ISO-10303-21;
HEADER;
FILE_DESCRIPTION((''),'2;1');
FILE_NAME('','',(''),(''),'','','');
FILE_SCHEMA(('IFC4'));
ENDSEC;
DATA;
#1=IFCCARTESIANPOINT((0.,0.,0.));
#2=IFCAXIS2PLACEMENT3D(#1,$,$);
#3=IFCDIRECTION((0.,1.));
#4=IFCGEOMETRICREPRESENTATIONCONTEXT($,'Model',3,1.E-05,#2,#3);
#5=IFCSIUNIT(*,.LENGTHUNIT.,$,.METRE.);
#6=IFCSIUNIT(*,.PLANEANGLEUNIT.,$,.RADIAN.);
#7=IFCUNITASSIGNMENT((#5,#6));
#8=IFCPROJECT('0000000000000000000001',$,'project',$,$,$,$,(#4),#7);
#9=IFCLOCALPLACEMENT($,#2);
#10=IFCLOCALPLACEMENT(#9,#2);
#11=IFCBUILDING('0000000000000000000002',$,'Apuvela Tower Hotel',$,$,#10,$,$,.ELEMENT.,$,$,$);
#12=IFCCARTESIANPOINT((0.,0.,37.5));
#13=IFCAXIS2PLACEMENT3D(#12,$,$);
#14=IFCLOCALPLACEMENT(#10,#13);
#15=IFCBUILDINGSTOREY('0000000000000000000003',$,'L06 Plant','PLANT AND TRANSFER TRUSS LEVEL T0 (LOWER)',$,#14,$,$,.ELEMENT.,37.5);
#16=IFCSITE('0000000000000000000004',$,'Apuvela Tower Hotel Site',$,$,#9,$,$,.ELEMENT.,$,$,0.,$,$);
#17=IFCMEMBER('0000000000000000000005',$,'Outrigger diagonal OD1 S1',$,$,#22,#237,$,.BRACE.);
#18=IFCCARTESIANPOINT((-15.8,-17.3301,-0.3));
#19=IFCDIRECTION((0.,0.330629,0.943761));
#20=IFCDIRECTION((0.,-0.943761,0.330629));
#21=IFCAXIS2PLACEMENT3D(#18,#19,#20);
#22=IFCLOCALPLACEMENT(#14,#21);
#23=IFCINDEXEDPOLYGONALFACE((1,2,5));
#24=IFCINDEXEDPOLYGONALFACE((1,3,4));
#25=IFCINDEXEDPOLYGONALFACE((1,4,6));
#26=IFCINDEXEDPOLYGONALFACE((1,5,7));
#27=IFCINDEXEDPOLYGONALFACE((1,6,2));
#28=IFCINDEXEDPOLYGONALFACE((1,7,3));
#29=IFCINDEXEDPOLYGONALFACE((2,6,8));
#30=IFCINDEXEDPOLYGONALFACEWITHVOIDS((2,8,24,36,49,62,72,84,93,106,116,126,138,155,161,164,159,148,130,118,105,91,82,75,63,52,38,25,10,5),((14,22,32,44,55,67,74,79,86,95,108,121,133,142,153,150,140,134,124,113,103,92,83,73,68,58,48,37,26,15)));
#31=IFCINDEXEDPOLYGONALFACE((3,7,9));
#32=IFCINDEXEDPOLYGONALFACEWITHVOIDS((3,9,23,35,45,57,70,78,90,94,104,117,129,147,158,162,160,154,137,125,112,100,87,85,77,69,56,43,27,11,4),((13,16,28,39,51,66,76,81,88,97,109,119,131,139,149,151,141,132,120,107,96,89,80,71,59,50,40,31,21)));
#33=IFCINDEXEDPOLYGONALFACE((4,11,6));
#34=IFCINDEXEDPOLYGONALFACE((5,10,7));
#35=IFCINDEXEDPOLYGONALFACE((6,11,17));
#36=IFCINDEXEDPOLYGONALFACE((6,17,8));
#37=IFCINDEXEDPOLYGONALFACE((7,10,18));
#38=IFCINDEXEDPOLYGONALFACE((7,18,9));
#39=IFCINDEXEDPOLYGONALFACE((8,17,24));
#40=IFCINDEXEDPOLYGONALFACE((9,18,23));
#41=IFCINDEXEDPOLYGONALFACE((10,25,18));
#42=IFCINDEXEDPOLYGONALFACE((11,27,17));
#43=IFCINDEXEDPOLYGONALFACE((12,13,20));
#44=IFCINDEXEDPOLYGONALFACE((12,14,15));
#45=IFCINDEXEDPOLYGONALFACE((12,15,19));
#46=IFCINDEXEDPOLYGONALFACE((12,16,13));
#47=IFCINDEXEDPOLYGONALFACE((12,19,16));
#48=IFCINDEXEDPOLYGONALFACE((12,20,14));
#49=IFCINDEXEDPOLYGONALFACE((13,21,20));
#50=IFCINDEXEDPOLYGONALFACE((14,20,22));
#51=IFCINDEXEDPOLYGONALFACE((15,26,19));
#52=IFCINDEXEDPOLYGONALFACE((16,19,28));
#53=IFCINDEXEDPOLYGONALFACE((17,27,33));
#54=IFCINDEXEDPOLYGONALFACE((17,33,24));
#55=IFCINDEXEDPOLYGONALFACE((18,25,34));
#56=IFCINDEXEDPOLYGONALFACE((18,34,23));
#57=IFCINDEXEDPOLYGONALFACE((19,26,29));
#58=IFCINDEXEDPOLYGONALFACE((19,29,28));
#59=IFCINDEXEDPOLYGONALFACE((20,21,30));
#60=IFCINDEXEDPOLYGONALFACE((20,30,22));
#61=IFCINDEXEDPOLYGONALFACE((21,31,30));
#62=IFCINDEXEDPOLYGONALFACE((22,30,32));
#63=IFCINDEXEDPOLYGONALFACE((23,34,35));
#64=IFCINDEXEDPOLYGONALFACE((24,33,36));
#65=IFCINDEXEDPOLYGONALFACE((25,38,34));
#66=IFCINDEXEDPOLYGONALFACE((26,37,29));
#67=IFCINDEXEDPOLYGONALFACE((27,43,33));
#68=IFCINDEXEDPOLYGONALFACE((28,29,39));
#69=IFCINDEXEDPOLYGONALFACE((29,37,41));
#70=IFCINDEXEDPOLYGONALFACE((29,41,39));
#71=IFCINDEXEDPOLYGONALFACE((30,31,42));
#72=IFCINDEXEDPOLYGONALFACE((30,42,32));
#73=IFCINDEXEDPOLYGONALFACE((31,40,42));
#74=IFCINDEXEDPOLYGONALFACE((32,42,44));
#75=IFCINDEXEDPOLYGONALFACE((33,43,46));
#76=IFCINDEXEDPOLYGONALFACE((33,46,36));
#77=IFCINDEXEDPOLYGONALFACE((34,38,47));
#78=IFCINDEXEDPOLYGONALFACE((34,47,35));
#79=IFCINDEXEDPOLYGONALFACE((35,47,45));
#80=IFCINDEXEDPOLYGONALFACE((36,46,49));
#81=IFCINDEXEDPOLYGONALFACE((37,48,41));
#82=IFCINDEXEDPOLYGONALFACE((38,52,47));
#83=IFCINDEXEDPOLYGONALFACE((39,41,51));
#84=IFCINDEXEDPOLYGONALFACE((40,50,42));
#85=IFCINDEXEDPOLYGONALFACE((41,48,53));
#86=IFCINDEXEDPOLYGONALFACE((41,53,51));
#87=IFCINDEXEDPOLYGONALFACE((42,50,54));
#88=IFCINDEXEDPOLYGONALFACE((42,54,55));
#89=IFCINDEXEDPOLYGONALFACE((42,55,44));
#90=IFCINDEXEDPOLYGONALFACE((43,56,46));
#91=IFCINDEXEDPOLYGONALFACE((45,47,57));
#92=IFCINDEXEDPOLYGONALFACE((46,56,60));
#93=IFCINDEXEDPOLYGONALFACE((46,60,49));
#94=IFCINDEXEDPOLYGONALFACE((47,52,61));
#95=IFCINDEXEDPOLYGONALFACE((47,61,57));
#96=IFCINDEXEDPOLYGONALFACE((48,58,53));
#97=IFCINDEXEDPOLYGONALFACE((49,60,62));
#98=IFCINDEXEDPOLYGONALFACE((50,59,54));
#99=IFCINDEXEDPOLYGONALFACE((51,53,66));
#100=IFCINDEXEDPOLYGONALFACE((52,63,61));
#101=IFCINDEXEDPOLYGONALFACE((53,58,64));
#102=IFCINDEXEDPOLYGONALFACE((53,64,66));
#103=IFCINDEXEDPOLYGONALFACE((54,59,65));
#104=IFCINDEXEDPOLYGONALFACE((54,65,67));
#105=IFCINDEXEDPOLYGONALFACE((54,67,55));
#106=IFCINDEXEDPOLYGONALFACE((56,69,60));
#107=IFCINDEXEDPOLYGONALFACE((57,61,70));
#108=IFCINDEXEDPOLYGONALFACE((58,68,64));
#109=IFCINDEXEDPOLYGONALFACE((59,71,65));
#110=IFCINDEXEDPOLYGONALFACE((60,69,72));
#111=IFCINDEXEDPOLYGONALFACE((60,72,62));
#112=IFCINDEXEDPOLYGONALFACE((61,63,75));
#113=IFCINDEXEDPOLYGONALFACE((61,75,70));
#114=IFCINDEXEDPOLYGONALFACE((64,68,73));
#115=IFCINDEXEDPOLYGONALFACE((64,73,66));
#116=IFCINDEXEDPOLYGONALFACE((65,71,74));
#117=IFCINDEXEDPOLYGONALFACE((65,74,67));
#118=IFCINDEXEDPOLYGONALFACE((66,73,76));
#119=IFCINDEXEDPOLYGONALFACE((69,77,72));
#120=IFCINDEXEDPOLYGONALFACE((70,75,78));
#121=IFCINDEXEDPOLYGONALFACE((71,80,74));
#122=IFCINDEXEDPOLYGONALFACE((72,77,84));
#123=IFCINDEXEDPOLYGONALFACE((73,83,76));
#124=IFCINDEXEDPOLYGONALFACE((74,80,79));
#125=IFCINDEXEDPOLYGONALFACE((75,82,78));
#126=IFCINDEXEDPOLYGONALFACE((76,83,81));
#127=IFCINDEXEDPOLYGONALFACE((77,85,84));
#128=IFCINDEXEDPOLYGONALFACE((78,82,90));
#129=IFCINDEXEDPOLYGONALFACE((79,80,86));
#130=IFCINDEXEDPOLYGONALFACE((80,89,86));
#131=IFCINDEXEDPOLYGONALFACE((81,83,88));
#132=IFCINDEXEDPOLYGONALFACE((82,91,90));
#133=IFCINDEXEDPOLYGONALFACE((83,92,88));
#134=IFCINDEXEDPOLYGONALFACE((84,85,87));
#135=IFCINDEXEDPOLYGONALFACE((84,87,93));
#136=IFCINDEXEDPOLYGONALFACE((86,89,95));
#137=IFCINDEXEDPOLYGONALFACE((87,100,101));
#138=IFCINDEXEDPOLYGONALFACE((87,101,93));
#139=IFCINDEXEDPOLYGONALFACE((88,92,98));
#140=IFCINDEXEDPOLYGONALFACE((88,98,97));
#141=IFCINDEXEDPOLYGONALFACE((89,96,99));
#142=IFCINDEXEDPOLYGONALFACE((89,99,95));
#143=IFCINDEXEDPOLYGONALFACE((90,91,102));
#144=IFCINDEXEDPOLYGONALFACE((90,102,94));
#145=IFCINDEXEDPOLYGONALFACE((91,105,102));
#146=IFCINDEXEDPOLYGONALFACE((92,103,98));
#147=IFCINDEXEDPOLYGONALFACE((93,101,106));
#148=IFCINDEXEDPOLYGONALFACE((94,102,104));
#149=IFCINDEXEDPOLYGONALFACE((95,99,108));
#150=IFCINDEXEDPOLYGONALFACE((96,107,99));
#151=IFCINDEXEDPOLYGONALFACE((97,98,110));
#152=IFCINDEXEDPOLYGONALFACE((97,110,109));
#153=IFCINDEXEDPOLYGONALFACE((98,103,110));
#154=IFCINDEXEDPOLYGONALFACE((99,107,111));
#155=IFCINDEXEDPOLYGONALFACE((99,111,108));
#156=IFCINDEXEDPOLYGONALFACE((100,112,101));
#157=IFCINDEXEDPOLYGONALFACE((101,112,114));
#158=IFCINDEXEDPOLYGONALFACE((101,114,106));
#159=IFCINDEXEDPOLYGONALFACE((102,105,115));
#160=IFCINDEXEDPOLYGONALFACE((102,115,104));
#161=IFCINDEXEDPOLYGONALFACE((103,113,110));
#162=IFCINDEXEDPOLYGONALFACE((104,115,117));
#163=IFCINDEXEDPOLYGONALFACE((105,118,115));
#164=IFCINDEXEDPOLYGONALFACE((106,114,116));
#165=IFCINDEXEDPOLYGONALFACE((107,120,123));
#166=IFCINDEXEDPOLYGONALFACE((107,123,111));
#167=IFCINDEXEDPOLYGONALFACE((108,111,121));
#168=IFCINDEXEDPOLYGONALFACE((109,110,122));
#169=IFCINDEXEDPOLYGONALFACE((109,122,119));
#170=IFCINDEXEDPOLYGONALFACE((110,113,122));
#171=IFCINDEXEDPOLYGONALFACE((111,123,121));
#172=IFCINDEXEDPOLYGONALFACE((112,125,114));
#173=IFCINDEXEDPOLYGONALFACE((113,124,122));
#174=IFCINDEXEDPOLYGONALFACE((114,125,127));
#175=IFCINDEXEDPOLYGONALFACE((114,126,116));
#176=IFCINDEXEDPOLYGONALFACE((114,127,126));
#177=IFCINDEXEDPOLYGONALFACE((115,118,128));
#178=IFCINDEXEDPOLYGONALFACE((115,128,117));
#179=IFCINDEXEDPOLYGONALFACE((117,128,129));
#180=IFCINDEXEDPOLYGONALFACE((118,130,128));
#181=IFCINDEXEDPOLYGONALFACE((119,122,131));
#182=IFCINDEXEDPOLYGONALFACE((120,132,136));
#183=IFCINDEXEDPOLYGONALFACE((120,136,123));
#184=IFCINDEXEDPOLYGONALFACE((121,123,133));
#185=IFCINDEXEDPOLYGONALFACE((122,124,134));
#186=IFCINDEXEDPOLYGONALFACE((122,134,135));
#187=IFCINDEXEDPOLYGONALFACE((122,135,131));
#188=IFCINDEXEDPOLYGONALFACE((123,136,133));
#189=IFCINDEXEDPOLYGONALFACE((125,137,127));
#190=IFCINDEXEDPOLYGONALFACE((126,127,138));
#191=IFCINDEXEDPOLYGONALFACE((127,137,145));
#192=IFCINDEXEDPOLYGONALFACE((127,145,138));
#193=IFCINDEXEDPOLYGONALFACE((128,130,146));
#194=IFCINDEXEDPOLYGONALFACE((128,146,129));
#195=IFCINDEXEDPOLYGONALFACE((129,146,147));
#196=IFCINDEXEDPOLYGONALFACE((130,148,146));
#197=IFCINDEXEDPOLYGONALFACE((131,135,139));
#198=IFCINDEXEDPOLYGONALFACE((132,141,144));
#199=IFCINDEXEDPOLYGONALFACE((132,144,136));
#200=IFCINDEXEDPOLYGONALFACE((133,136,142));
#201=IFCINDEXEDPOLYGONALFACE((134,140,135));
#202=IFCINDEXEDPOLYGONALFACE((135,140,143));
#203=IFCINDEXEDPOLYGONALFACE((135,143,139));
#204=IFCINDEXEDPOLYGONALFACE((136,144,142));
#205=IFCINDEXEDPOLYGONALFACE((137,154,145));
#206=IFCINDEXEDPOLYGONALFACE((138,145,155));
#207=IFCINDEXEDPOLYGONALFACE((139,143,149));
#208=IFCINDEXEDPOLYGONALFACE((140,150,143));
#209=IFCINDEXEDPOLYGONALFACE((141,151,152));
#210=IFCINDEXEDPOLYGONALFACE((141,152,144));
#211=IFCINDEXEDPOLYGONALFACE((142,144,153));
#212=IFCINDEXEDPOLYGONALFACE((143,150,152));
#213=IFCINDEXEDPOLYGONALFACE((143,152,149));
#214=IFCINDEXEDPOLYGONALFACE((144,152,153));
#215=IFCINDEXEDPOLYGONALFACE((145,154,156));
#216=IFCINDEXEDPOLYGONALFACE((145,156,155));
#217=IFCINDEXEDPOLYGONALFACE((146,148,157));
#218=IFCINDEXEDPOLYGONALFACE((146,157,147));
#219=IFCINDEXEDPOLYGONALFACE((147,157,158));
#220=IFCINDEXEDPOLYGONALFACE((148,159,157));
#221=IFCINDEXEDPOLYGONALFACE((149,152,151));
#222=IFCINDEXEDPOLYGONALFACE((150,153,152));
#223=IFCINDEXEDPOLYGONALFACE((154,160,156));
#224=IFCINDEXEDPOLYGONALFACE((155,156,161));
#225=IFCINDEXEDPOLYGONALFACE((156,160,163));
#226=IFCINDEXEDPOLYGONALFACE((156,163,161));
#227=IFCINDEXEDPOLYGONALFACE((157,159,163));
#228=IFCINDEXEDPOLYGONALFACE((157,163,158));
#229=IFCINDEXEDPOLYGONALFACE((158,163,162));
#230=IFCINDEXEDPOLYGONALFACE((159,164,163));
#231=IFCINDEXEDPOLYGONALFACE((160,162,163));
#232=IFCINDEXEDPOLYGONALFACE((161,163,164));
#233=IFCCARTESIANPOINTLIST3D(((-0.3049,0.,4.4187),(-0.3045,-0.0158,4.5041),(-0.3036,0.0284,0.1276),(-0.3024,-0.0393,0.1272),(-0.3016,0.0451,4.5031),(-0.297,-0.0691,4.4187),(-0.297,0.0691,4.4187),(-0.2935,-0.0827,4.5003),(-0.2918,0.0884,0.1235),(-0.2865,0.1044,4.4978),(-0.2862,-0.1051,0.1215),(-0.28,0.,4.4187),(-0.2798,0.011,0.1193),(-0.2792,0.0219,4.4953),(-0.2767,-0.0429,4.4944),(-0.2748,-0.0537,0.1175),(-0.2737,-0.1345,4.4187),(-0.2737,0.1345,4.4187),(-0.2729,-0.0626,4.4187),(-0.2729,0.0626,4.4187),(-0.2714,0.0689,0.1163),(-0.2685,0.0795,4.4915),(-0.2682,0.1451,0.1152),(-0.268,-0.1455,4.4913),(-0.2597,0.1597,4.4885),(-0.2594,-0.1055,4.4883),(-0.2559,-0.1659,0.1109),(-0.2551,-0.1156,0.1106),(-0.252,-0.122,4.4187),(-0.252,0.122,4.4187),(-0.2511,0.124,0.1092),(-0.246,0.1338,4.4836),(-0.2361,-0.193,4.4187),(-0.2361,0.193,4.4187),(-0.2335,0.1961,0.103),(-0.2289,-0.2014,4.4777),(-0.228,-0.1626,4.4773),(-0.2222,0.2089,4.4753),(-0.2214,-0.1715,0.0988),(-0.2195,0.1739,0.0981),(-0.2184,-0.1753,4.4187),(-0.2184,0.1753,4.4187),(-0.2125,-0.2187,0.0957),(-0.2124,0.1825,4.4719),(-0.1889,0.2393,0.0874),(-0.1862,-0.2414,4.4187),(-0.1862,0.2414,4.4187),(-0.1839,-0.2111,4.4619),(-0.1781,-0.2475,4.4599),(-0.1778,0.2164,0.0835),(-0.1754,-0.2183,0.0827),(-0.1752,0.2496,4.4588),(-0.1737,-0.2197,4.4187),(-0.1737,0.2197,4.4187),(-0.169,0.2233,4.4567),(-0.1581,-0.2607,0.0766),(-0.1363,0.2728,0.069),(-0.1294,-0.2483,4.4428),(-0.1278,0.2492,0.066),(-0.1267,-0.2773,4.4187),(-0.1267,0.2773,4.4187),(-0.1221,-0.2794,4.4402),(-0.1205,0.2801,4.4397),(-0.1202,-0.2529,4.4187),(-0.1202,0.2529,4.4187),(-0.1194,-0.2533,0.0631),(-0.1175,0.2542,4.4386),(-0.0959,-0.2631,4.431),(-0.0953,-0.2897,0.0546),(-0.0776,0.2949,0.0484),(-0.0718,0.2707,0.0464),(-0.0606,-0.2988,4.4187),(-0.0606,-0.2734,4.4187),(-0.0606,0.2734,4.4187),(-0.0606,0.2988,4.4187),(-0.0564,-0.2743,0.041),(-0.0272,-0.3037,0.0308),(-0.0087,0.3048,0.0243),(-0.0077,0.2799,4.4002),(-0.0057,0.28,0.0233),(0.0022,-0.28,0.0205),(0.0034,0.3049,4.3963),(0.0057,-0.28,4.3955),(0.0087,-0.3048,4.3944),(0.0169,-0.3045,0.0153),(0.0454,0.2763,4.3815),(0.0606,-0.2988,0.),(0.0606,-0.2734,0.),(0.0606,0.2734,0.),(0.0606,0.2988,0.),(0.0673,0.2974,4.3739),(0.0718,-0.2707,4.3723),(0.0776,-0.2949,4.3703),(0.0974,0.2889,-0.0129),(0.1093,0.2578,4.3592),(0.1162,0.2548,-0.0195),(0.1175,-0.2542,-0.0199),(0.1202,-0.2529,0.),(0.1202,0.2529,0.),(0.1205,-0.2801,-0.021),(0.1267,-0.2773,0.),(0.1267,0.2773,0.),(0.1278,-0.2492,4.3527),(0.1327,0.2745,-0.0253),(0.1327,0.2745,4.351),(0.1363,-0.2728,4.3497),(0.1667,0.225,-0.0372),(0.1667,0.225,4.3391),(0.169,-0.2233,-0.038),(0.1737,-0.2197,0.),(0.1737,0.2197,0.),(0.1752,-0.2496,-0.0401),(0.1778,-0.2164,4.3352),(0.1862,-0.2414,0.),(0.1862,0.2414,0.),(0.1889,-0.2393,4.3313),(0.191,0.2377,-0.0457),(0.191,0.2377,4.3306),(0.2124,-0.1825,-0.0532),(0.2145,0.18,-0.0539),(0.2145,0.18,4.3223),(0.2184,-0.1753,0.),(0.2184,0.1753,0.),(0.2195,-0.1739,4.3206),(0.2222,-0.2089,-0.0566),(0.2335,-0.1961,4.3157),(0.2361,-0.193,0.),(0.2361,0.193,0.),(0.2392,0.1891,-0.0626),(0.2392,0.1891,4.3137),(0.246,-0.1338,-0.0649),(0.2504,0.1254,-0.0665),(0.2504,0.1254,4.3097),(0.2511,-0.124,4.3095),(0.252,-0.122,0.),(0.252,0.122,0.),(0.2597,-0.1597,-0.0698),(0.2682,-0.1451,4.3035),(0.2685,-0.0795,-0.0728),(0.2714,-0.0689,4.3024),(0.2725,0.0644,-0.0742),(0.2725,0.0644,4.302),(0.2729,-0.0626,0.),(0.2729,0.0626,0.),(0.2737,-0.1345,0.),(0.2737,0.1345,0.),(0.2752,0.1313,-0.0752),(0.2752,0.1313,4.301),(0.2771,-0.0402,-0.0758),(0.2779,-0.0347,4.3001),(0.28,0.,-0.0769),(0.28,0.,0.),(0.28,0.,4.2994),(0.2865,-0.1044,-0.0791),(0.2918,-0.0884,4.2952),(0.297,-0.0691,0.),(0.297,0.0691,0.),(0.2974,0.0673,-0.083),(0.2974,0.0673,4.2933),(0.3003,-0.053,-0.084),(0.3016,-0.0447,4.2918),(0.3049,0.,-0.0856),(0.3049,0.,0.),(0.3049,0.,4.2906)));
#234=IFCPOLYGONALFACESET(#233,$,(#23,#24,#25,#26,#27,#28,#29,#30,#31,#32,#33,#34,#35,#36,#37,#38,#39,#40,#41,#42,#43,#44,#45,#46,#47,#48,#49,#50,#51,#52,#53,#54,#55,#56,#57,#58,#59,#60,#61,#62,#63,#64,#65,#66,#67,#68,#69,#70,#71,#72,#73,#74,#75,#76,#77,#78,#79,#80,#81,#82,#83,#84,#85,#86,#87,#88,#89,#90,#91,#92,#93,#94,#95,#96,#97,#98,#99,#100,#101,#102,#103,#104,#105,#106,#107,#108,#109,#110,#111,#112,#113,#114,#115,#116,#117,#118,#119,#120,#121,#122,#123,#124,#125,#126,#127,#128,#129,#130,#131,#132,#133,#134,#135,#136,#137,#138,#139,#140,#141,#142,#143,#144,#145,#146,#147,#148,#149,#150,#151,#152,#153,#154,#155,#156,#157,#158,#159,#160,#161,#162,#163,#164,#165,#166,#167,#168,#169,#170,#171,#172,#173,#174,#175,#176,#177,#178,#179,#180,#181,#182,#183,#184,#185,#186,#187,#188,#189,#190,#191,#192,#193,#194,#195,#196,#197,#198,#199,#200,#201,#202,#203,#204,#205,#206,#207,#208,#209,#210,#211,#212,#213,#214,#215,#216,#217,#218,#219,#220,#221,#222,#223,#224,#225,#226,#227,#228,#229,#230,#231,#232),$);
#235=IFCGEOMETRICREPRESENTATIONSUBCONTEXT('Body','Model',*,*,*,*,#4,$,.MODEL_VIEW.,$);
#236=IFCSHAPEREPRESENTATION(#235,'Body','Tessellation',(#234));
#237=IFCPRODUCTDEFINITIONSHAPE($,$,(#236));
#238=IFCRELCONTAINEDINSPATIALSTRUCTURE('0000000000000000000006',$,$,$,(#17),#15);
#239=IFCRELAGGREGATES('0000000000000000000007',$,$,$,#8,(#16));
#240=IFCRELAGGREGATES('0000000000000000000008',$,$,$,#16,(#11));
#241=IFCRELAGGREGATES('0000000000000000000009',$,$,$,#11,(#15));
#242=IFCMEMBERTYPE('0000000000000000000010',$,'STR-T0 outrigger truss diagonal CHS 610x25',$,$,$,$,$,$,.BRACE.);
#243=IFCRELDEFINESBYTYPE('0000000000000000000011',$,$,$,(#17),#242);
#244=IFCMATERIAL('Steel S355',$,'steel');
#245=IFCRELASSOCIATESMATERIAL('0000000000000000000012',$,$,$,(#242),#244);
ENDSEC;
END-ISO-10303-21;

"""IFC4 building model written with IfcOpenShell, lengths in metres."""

from ifc_helpers import new_model, si_unit, direction, frame, origin, origin_2d, place, context, subcontext, project, spatial, hollow_circle, extrude, boolean, halfspace, material, material_profile, profile_set, type_object, element, save


model = new_model("IFC4")

# Units and contexts
model_context = context("Model", 3, precision=1e-05, world=origin(), true_north=direction((0.0, 1.0)))
body_context = subcontext(model_context, "Body", "Model", "MODEL_VIEW")
ifc_project = project(units=[si_unit("LENGTHUNIT", "METRE"), si_unit("PLANEANGLEUNIT", "RADIAN")], contexts=[model_context])

# Site, building, storey
site_placement = place(None, origin())
site = spatial("IfcSite", under=ifc_project, at=site_placement, Name="Apuvela Tower Hotel Site", CompositionType="ELEMENT", RefElevation=0.0)
building_placement = place(site_placement, origin())
building = spatial("IfcBuilding", under=site, at=building_placement, Name="Apuvela Tower Hotel", CompositionType="ELEMENT")
storey_placement = place(building_placement, frame((0.0, 0.0, 37.5)))
storey = spatial("IfcBuildingStorey", under=building, at=storey_placement, Name="L06 Plant", Description="PLANT AND TRANSFER TRUSS LEVEL T0 (LOWER)", CompositionType="ELEMENT", Elevation=37.5)

# Member
ifc_material_1 = material(Name="Steel S355", Category="steel")
ifc_material_profile_1 = material_profile(ifc_material_1, hollow_circle(Radius=0.3049, WallThickness=0.0249, at=origin_2d()), Name="CHS 610x25")
ifc_profile_set_1 = profile_set([ifc_material_profile_1], Name="Steel S355")
member_type_1 = type_object("IfcMemberType", Name="STR-T0 outrigger truss diagonal CHS 610x25", PredefinedType="BRACE", material=ifc_profile_set_1)
member_1_placement = place(storey_placement, frame((-15.8, -17.3301, -0.3), z_axis=(0.0, 0.330629, 0.943761), x_axis=(0.0, -0.943761, 0.330629)))
solid = boolean("DIFFERENCE", boolean("DIFFERENCE", extrude(hollow_circle(Radius=0.3049, WallThickness=0.0249, at=origin_2d()), frame((0.0, 0.0, -0.2268)), (0.0, 0.0, 1.0), 4.8723), halfspace(frame((0.0, 0.0, 0.0212), z_axis=(0.330629, 0.0, 0.943761), x_axis=(0.943761, 0.0, -0.330629)), True)), halfspace(frame((0.0, 0.0, 4.3975), z_axis=(0.330629, 0.0, 0.943761), x_axis=(0.943761, 0.0, -0.330629)), False))
element("IfcMember", 1, at=member_1_placement, inside=storey, type_object=member_type_1, Name="Outrigger diagonal OD1 S1", PredefinedType="BRACE", context=body_context, shape_type="SweptSolid", body=[
    boolean("UNION", boolean("DIFFERENCE", boolean("DIFFERENCE", extrude(hollow_circle(Radius=0.3049, WallThickness=0.0249, at=origin_2d()), origin(), (0.0, 0.0, 1.0), 4.4187), halfspace(frame((0.0, 0.0, 0.0212), z_axis=(0.330629, 0.0, 0.943761), x_axis=(0.943761, 0.0, -0.330629)), True)), halfspace(frame((0.0, 0.0, 4.3975), z_axis=(0.330629, 0.0, 0.943761), x_axis=(0.943761, 0.0, -0.330629)), False)), solid),
])

save(model, "model.ifc")
